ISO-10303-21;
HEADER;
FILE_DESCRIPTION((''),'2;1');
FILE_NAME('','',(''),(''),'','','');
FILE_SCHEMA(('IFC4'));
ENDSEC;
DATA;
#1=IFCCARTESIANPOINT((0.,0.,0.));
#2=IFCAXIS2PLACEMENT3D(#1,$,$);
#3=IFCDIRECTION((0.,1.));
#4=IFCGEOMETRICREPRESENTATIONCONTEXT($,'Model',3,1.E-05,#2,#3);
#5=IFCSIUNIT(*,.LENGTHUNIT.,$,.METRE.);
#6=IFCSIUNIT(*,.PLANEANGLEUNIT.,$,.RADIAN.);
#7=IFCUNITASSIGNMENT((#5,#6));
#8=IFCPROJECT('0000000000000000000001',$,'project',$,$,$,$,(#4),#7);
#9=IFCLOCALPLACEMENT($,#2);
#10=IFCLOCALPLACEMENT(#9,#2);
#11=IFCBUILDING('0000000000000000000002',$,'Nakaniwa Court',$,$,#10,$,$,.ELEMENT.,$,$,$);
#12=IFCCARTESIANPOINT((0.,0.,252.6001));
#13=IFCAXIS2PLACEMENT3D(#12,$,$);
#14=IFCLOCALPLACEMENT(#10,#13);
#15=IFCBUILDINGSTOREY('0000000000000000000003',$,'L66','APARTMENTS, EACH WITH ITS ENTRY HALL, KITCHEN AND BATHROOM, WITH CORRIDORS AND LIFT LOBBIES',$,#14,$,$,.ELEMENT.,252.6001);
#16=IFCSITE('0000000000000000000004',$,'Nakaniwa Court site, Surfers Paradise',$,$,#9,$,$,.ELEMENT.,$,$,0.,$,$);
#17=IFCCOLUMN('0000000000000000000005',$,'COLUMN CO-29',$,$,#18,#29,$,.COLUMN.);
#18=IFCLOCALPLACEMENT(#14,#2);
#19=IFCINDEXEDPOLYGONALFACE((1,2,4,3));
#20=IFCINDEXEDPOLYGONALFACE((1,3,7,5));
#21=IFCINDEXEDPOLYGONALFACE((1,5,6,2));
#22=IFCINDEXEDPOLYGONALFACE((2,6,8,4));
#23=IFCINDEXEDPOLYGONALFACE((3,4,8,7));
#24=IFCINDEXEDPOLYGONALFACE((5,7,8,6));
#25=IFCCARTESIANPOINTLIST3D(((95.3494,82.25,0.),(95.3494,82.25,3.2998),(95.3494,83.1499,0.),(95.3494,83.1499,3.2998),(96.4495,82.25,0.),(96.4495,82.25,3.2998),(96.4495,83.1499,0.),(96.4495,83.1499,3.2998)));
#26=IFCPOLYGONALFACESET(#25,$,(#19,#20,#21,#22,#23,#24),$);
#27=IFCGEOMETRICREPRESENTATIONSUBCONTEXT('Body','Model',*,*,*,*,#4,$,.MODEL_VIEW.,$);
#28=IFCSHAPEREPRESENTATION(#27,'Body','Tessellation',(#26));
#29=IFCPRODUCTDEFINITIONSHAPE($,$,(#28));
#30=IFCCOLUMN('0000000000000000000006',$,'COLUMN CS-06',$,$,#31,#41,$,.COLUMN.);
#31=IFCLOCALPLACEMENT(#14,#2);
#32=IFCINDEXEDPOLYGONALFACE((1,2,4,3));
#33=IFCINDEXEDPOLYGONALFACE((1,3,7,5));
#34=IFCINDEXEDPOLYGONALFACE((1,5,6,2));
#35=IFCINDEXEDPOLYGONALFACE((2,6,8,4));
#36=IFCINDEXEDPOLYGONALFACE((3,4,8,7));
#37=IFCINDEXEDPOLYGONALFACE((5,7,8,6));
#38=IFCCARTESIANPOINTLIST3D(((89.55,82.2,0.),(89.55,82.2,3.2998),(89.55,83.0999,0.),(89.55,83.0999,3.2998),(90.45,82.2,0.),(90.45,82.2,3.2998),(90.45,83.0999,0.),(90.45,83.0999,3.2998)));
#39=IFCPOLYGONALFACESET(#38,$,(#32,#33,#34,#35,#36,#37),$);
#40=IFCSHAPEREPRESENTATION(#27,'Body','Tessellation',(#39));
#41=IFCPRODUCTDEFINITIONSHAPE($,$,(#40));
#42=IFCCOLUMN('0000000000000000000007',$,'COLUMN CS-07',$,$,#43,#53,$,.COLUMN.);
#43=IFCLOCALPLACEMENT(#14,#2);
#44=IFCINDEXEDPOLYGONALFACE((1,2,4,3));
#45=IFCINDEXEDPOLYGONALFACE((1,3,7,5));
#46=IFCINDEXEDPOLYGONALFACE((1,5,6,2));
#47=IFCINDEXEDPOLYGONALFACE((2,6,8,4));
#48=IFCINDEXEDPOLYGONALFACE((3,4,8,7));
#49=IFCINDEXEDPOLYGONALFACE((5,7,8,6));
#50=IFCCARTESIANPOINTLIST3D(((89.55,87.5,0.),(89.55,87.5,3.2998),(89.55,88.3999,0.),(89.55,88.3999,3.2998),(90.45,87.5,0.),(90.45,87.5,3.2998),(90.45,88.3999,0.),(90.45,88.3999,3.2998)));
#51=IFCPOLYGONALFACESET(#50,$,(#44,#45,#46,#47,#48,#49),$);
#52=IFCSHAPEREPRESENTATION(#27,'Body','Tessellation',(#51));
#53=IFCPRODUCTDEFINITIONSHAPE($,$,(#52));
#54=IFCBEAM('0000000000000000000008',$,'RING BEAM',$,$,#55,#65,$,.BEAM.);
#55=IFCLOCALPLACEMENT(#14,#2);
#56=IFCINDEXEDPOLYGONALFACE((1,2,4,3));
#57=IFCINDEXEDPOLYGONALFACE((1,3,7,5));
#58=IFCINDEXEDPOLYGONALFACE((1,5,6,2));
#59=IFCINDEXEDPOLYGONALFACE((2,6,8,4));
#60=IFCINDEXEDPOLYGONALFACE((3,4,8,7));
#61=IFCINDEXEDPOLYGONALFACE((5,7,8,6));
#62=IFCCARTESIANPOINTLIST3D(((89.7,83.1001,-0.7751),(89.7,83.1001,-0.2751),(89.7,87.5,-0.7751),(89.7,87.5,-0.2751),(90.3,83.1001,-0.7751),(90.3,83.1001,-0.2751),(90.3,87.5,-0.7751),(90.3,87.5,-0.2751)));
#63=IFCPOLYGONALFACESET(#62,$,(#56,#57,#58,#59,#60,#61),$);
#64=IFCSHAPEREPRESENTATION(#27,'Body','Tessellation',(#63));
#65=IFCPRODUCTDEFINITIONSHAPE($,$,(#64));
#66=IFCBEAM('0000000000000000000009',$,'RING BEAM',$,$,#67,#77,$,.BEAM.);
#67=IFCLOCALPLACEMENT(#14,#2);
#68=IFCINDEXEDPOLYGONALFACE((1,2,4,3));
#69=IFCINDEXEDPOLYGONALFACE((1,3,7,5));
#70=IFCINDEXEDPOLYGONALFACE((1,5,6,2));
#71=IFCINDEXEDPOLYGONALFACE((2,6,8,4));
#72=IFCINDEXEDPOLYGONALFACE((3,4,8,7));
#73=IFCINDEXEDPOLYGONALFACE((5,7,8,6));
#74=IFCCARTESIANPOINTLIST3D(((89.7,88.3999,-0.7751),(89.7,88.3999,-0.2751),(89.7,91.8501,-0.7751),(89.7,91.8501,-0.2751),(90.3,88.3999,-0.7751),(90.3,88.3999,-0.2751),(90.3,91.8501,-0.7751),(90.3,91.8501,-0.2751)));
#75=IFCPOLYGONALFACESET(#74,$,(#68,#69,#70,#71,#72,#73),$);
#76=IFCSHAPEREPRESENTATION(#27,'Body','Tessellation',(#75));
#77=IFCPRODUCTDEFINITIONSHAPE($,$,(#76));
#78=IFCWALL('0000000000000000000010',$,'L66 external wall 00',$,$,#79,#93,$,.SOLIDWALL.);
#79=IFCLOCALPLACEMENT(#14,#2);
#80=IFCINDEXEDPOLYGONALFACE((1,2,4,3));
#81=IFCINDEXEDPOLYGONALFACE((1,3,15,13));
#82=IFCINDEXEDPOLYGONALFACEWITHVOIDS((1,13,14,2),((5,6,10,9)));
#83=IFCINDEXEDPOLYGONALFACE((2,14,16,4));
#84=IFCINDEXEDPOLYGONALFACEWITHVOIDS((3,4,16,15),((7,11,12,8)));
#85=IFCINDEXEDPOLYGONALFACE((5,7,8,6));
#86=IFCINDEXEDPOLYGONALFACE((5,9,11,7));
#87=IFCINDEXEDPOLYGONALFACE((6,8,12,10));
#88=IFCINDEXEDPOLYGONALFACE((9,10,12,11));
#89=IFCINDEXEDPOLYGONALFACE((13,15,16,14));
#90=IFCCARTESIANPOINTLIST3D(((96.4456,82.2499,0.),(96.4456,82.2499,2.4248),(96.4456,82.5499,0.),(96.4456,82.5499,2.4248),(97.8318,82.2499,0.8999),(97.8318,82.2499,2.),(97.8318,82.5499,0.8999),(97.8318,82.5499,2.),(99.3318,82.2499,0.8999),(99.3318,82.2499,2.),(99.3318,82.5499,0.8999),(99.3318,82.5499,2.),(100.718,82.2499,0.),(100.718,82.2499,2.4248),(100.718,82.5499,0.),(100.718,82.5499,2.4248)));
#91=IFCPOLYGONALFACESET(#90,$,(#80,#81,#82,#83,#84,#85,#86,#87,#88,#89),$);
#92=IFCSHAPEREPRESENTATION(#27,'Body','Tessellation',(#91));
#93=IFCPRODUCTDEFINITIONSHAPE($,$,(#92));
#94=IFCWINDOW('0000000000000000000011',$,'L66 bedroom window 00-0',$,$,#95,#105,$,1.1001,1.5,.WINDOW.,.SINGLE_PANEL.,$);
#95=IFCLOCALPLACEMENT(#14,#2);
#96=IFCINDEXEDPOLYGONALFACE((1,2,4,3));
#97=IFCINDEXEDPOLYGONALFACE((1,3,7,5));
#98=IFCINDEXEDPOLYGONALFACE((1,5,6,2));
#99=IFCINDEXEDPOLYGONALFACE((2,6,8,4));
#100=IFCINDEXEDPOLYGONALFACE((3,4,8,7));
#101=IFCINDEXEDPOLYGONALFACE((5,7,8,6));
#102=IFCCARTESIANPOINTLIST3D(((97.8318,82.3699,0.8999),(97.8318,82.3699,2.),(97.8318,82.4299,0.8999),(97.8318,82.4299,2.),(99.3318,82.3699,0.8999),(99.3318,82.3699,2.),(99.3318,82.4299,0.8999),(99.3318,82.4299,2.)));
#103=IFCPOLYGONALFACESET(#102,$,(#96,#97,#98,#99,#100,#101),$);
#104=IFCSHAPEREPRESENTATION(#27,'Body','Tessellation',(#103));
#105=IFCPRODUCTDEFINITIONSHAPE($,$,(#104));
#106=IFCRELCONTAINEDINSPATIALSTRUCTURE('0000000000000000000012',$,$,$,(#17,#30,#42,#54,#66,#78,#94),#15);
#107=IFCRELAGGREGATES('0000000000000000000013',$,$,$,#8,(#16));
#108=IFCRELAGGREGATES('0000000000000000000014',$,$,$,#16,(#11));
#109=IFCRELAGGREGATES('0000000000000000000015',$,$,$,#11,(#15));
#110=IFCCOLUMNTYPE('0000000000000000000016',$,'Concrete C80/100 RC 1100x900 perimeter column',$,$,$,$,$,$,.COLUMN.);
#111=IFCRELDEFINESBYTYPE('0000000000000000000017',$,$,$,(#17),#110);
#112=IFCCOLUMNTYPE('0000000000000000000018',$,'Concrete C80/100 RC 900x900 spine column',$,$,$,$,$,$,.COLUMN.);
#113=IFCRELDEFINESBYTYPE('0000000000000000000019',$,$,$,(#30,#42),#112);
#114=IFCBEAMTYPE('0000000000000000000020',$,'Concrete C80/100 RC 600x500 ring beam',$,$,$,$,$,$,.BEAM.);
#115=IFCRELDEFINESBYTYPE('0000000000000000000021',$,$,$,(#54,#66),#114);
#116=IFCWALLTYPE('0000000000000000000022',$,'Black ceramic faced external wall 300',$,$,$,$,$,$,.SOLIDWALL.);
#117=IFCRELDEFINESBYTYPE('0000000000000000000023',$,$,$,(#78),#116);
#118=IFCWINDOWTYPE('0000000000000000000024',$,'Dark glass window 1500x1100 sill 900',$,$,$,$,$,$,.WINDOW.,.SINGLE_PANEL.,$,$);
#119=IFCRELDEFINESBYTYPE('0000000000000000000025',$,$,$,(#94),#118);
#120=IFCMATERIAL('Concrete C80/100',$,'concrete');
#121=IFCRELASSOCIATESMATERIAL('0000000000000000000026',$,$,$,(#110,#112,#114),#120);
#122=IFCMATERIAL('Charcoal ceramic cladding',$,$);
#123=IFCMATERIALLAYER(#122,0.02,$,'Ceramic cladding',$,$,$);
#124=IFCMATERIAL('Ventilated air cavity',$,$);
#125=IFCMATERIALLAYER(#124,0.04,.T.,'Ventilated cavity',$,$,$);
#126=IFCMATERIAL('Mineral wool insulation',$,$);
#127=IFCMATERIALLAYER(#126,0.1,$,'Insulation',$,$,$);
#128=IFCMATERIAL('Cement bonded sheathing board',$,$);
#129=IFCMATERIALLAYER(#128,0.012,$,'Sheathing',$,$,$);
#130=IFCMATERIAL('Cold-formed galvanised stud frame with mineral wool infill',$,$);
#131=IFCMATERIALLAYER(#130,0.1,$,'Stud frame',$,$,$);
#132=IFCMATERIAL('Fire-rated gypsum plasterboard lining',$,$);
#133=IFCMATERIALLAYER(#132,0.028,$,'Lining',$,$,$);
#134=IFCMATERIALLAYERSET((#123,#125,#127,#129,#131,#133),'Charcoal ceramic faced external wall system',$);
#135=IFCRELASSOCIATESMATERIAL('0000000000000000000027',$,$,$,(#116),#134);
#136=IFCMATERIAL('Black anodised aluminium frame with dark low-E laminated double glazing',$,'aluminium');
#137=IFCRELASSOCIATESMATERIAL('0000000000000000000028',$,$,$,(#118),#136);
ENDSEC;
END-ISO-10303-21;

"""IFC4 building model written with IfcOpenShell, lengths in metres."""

from ifc_helpers import new_model, si_unit, direction, frame, frame_2d, origin, origin_2d, place, context, subcontext, project, spatial, rectangle, extrude, material, layer, layer_set, material_profile, profile_set, type_object, element, fill, save


model = new_model("IFC4")

# Units and contexts
model_context = context("Model", 3, precision=1e-05, world=origin(), true_north=direction((0.0, 1.0)))
body_context = subcontext(model_context, "Body", "Model", "MODEL_VIEW")
ifc_project = project(units=[si_unit("LENGTHUNIT", "METRE"), si_unit("PLANEANGLEUNIT", "RADIAN")], contexts=[model_context])

# Site, building, storey
site_placement = place(None, origin())
site = spatial("IfcSite", under=ifc_project, at=site_placement, Name="Nakaniwa Court site, Surfers Paradise", CompositionType="ELEMENT", RefElevation=0.0)
building_placement = place(site_placement, origin())
building = spatial("IfcBuilding", under=site, at=building_placement, Name="Nakaniwa Court", CompositionType="ELEMENT")
storey_placement = place(building_placement, frame((0.0, 0.0, 252.6001)))
storey = spatial("IfcBuildingStorey", under=building, at=storey_placement, Name="L66", Description="APARTMENTS, EACH WITH ITS ENTRY HALL, KITCHEN AND BATHROOM, WITH CORRIDORS AND LIFT LOBBIES", CompositionType="ELEMENT", Elevation=252.6001)

# Columns
ifc_material_1 = material(Name="Concrete C80/100", Category="concrete")
ifc_material_profile_1 = material_profile(ifc_material_1, rectangle(XDim=1.1001, YDim=0.8999, at=origin_2d()), Name="Concrete C80/100 RC 1100x900 perimeter column")
ifc_profile_set_1 = profile_set([ifc_material_profile_1], Name="Concrete C80/100")
column_type_1 = type_object("IfcColumnType", Name="Concrete C80/100 RC 1100x900 perimeter column", PredefinedType="COLUMN", material=ifc_profile_set_1)
column_placement = place(storey_placement, frame((95.8994, 82.7, 0.0), z_axis=(0.0, 0.0, 1.0), x_axis=(1.0, 0.0, 0.0)))
element("IfcColumn", 1, at=column_placement, inside=storey, type_object=column_type_1, Name="COLUMN CO-29", PredefinedType="COLUMN", context=body_context, shape_type="SweptSolid", body=[
    extrude(rectangle(XDim=1.1001, YDim=0.8999, at=origin_2d()), origin(), (0.0, 0.0, 1.0), 3.2998),
])
ifc_material_profile_2 = material_profile(ifc_material_1, rectangle(XDim=0.8999, YDim=0.8999, at=origin_2d()), Name="Concrete C80/100 RC 900x900 spine column")
ifc_profile_set_2 = profile_set([ifc_material_profile_2], Name="Concrete C80/100")
column_type_2 = type_object("IfcColumnType", Name="Concrete C80/100 RC 900x900 spine column", PredefinedType="COLUMN", material=ifc_profile_set_2)
for number, where, z_axis, x_axis, name in (
    (2, (90.0, 82.6499, 0.0), (0.0, 0.0, 1.0), (0.0, 1.0, 0.0), "COLUMN CS-06"),
    (3, (90.0, 87.95, 0.0), (0.0, 0.0, 1.0), (0.0, 1.0, 0.0), "COLUMN CS-07"),
):
    element("IfcColumn", number, at=place(storey_placement, frame(where, z_axis=z_axis, x_axis=x_axis)), inside=storey, type_object=column_type_2, Name=name, PredefinedType="COLUMN", context=body_context, shape_type="SweptSolid", body=[
        extrude(rectangle(XDim=0.8999, YDim=0.8999, at=origin_2d()), origin(), (0.0, 0.0, 1.0), 3.2998),
    ])

# Beams
ifc_material_profile_3 = material_profile(ifc_material_1, rectangle(XDim=0.6001, YDim=0.5, at=origin_2d()), Name="Concrete C80/100 RC 600x500 ring beam")
ifc_profile_set_3 = profile_set([ifc_material_profile_3], Name="Concrete C80/100")
beam_type = type_object("IfcBeamType", Name="Concrete C80/100 RC 600x500 ring beam", PredefinedType="BEAM", material=ifc_profile_set_3)
beam_1_placement = place(storey_placement, frame((90.0, 83.1001, -0.5251), z_axis=(0.0, 1.0, 0.0), x_axis=(-1.0, 0.0, 0.0)))
element("IfcBeam", 4, at=beam_1_placement, inside=storey, type_object=beam_type, Name="RING BEAM", PredefinedType="BEAM", context=body_context, shape_type="SweptSolid", body=[
    extrude(rectangle(XDim=0.6001, YDim=0.5, at=origin_2d()), origin(), (0.0, 0.0, 1.0), 4.3999),
])
beam_2_placement = place(storey_placement, frame((90.0, 88.3999, -0.5251), z_axis=(0.0, 1.0, 0.0), x_axis=(-1.0, 0.0, 0.0)))
element("IfcBeam", 5, at=beam_2_placement, inside=storey, type_object=beam_type, Name="RING BEAM", PredefinedType="BEAM", context=body_context, shape_type="SweptSolid", body=[
    extrude(rectangle(XDim=0.6001, YDim=0.5, at=origin_2d()), origin(), (0.0, 0.0, 1.0), 3.4502),
])

# Wall, opening, window
ifc_material_2 = material(Name="Charcoal ceramic cladding")
ifc_layer_1 = layer(ifc_material_2, 0.02, Name="Ceramic cladding")
ifc_material_3 = material(Name="Ventilated air cavity")
ifc_layer_2 = layer(ifc_material_3, 0.04, ventilated=True, Name="Ventilated cavity")
ifc_material_4 = material(Name="Mineral wool insulation")
ifc_layer_3 = layer(ifc_material_4, 0.1, Name="Insulation")
ifc_material_5 = material(Name="Cement bonded sheathing board")
ifc_layer_4 = layer(ifc_material_5, 0.012, Name="Sheathing")
ifc_material_6 = material(Name="Cold-formed galvanised stud frame with mineral wool infill")
ifc_layer_5 = layer(ifc_material_6, 0.1, Name="Stud frame")
ifc_material_7 = material(Name="Fire-rated gypsum plasterboard lining")
ifc_layer_6 = layer(ifc_material_7, 0.028, Name="Lining")
ifc_layer_set_1 = layer_set([ifc_layer_1, ifc_layer_2, ifc_layer_3, ifc_layer_4, ifc_layer_5, ifc_layer_6], Name="Charcoal ceramic faced external wall system")
wall_type_1 = type_object("IfcWallType", Name="Black ceramic faced external wall 300", PredefinedType="SOLIDWALL", material=ifc_layer_set_1)
wall_1_placement = place(storey_placement, frame((96.4456, 82.3999, 0.0), z_axis=(0.0, 0.0, 1.0), x_axis=(1.0, 0.0, 0.0)))
wall_1 = element("IfcWall", 6, at=wall_1_placement, inside=storey, type_object=wall_type_1, Name="L66 external wall 00", PredefinedType="SOLIDWALL", context=body_context, shape_type="SweptSolid", body=[
    extrude(rectangle(XDim=4.2725, YDim=0.3, at=frame_2d((2.1362, 0.0))), origin(), (0.0, 0.0, 1.0), 2.4248),
])
opening_1_placement = place(wall_1_placement, frame((1.3862, 0.0, 0.8999)))
opening_1 = element("IfcOpeningElement", 7, at=opening_1_placement, cuts=wall_1, PredefinedType="OPENING", context=body_context, shape_type="SweptSolid", body=[
    extrude(rectangle(XDim=1.5, YDim=1.1001, at=frame_2d((0.75, 0.55))), frame((0.0, 0.1599, 0.0), z_axis=(0.0, -1.0, 0.0), x_axis=(1.0, 0.0, 0.0)), (0.0, 0.0, 1.0), 0.3201),
])
ifc_material_8 = material(Name="Black anodised aluminium frame with dark low-E laminated double glazing", Category="aluminium")
window_type = type_object("IfcWindowType", Name="Dark glass window 1500x1100 sill 900", PartitioningType="SINGLE_PANEL", PredefinedType="WINDOW", material=ifc_material_8)
window_placement = place(opening_1_placement, origin())
window = element("IfcWindow", 8, at=window_placement, inside=storey, type_object=window_type, Name="L66 bedroom window 00-0", OverallHeight=1.1001, OverallWidth=1.5, PartitioningType="SINGLE_PANEL", PredefinedType="WINDOW", context=body_context, shape_type="SweptSolid", body=[
    extrude(rectangle(XDim=1.5, YDim=1.1001, at=frame_2d((0.75, 0.55))), frame((0.0, 0.03, 0.0), z_axis=(0.0, -1.0, 0.0), x_axis=(1.0, 0.0, 0.0)), (0.0, 0.0, 1.0), 0.0601),
])
fill(opening_1, window)

save(model, "model.ifc")
